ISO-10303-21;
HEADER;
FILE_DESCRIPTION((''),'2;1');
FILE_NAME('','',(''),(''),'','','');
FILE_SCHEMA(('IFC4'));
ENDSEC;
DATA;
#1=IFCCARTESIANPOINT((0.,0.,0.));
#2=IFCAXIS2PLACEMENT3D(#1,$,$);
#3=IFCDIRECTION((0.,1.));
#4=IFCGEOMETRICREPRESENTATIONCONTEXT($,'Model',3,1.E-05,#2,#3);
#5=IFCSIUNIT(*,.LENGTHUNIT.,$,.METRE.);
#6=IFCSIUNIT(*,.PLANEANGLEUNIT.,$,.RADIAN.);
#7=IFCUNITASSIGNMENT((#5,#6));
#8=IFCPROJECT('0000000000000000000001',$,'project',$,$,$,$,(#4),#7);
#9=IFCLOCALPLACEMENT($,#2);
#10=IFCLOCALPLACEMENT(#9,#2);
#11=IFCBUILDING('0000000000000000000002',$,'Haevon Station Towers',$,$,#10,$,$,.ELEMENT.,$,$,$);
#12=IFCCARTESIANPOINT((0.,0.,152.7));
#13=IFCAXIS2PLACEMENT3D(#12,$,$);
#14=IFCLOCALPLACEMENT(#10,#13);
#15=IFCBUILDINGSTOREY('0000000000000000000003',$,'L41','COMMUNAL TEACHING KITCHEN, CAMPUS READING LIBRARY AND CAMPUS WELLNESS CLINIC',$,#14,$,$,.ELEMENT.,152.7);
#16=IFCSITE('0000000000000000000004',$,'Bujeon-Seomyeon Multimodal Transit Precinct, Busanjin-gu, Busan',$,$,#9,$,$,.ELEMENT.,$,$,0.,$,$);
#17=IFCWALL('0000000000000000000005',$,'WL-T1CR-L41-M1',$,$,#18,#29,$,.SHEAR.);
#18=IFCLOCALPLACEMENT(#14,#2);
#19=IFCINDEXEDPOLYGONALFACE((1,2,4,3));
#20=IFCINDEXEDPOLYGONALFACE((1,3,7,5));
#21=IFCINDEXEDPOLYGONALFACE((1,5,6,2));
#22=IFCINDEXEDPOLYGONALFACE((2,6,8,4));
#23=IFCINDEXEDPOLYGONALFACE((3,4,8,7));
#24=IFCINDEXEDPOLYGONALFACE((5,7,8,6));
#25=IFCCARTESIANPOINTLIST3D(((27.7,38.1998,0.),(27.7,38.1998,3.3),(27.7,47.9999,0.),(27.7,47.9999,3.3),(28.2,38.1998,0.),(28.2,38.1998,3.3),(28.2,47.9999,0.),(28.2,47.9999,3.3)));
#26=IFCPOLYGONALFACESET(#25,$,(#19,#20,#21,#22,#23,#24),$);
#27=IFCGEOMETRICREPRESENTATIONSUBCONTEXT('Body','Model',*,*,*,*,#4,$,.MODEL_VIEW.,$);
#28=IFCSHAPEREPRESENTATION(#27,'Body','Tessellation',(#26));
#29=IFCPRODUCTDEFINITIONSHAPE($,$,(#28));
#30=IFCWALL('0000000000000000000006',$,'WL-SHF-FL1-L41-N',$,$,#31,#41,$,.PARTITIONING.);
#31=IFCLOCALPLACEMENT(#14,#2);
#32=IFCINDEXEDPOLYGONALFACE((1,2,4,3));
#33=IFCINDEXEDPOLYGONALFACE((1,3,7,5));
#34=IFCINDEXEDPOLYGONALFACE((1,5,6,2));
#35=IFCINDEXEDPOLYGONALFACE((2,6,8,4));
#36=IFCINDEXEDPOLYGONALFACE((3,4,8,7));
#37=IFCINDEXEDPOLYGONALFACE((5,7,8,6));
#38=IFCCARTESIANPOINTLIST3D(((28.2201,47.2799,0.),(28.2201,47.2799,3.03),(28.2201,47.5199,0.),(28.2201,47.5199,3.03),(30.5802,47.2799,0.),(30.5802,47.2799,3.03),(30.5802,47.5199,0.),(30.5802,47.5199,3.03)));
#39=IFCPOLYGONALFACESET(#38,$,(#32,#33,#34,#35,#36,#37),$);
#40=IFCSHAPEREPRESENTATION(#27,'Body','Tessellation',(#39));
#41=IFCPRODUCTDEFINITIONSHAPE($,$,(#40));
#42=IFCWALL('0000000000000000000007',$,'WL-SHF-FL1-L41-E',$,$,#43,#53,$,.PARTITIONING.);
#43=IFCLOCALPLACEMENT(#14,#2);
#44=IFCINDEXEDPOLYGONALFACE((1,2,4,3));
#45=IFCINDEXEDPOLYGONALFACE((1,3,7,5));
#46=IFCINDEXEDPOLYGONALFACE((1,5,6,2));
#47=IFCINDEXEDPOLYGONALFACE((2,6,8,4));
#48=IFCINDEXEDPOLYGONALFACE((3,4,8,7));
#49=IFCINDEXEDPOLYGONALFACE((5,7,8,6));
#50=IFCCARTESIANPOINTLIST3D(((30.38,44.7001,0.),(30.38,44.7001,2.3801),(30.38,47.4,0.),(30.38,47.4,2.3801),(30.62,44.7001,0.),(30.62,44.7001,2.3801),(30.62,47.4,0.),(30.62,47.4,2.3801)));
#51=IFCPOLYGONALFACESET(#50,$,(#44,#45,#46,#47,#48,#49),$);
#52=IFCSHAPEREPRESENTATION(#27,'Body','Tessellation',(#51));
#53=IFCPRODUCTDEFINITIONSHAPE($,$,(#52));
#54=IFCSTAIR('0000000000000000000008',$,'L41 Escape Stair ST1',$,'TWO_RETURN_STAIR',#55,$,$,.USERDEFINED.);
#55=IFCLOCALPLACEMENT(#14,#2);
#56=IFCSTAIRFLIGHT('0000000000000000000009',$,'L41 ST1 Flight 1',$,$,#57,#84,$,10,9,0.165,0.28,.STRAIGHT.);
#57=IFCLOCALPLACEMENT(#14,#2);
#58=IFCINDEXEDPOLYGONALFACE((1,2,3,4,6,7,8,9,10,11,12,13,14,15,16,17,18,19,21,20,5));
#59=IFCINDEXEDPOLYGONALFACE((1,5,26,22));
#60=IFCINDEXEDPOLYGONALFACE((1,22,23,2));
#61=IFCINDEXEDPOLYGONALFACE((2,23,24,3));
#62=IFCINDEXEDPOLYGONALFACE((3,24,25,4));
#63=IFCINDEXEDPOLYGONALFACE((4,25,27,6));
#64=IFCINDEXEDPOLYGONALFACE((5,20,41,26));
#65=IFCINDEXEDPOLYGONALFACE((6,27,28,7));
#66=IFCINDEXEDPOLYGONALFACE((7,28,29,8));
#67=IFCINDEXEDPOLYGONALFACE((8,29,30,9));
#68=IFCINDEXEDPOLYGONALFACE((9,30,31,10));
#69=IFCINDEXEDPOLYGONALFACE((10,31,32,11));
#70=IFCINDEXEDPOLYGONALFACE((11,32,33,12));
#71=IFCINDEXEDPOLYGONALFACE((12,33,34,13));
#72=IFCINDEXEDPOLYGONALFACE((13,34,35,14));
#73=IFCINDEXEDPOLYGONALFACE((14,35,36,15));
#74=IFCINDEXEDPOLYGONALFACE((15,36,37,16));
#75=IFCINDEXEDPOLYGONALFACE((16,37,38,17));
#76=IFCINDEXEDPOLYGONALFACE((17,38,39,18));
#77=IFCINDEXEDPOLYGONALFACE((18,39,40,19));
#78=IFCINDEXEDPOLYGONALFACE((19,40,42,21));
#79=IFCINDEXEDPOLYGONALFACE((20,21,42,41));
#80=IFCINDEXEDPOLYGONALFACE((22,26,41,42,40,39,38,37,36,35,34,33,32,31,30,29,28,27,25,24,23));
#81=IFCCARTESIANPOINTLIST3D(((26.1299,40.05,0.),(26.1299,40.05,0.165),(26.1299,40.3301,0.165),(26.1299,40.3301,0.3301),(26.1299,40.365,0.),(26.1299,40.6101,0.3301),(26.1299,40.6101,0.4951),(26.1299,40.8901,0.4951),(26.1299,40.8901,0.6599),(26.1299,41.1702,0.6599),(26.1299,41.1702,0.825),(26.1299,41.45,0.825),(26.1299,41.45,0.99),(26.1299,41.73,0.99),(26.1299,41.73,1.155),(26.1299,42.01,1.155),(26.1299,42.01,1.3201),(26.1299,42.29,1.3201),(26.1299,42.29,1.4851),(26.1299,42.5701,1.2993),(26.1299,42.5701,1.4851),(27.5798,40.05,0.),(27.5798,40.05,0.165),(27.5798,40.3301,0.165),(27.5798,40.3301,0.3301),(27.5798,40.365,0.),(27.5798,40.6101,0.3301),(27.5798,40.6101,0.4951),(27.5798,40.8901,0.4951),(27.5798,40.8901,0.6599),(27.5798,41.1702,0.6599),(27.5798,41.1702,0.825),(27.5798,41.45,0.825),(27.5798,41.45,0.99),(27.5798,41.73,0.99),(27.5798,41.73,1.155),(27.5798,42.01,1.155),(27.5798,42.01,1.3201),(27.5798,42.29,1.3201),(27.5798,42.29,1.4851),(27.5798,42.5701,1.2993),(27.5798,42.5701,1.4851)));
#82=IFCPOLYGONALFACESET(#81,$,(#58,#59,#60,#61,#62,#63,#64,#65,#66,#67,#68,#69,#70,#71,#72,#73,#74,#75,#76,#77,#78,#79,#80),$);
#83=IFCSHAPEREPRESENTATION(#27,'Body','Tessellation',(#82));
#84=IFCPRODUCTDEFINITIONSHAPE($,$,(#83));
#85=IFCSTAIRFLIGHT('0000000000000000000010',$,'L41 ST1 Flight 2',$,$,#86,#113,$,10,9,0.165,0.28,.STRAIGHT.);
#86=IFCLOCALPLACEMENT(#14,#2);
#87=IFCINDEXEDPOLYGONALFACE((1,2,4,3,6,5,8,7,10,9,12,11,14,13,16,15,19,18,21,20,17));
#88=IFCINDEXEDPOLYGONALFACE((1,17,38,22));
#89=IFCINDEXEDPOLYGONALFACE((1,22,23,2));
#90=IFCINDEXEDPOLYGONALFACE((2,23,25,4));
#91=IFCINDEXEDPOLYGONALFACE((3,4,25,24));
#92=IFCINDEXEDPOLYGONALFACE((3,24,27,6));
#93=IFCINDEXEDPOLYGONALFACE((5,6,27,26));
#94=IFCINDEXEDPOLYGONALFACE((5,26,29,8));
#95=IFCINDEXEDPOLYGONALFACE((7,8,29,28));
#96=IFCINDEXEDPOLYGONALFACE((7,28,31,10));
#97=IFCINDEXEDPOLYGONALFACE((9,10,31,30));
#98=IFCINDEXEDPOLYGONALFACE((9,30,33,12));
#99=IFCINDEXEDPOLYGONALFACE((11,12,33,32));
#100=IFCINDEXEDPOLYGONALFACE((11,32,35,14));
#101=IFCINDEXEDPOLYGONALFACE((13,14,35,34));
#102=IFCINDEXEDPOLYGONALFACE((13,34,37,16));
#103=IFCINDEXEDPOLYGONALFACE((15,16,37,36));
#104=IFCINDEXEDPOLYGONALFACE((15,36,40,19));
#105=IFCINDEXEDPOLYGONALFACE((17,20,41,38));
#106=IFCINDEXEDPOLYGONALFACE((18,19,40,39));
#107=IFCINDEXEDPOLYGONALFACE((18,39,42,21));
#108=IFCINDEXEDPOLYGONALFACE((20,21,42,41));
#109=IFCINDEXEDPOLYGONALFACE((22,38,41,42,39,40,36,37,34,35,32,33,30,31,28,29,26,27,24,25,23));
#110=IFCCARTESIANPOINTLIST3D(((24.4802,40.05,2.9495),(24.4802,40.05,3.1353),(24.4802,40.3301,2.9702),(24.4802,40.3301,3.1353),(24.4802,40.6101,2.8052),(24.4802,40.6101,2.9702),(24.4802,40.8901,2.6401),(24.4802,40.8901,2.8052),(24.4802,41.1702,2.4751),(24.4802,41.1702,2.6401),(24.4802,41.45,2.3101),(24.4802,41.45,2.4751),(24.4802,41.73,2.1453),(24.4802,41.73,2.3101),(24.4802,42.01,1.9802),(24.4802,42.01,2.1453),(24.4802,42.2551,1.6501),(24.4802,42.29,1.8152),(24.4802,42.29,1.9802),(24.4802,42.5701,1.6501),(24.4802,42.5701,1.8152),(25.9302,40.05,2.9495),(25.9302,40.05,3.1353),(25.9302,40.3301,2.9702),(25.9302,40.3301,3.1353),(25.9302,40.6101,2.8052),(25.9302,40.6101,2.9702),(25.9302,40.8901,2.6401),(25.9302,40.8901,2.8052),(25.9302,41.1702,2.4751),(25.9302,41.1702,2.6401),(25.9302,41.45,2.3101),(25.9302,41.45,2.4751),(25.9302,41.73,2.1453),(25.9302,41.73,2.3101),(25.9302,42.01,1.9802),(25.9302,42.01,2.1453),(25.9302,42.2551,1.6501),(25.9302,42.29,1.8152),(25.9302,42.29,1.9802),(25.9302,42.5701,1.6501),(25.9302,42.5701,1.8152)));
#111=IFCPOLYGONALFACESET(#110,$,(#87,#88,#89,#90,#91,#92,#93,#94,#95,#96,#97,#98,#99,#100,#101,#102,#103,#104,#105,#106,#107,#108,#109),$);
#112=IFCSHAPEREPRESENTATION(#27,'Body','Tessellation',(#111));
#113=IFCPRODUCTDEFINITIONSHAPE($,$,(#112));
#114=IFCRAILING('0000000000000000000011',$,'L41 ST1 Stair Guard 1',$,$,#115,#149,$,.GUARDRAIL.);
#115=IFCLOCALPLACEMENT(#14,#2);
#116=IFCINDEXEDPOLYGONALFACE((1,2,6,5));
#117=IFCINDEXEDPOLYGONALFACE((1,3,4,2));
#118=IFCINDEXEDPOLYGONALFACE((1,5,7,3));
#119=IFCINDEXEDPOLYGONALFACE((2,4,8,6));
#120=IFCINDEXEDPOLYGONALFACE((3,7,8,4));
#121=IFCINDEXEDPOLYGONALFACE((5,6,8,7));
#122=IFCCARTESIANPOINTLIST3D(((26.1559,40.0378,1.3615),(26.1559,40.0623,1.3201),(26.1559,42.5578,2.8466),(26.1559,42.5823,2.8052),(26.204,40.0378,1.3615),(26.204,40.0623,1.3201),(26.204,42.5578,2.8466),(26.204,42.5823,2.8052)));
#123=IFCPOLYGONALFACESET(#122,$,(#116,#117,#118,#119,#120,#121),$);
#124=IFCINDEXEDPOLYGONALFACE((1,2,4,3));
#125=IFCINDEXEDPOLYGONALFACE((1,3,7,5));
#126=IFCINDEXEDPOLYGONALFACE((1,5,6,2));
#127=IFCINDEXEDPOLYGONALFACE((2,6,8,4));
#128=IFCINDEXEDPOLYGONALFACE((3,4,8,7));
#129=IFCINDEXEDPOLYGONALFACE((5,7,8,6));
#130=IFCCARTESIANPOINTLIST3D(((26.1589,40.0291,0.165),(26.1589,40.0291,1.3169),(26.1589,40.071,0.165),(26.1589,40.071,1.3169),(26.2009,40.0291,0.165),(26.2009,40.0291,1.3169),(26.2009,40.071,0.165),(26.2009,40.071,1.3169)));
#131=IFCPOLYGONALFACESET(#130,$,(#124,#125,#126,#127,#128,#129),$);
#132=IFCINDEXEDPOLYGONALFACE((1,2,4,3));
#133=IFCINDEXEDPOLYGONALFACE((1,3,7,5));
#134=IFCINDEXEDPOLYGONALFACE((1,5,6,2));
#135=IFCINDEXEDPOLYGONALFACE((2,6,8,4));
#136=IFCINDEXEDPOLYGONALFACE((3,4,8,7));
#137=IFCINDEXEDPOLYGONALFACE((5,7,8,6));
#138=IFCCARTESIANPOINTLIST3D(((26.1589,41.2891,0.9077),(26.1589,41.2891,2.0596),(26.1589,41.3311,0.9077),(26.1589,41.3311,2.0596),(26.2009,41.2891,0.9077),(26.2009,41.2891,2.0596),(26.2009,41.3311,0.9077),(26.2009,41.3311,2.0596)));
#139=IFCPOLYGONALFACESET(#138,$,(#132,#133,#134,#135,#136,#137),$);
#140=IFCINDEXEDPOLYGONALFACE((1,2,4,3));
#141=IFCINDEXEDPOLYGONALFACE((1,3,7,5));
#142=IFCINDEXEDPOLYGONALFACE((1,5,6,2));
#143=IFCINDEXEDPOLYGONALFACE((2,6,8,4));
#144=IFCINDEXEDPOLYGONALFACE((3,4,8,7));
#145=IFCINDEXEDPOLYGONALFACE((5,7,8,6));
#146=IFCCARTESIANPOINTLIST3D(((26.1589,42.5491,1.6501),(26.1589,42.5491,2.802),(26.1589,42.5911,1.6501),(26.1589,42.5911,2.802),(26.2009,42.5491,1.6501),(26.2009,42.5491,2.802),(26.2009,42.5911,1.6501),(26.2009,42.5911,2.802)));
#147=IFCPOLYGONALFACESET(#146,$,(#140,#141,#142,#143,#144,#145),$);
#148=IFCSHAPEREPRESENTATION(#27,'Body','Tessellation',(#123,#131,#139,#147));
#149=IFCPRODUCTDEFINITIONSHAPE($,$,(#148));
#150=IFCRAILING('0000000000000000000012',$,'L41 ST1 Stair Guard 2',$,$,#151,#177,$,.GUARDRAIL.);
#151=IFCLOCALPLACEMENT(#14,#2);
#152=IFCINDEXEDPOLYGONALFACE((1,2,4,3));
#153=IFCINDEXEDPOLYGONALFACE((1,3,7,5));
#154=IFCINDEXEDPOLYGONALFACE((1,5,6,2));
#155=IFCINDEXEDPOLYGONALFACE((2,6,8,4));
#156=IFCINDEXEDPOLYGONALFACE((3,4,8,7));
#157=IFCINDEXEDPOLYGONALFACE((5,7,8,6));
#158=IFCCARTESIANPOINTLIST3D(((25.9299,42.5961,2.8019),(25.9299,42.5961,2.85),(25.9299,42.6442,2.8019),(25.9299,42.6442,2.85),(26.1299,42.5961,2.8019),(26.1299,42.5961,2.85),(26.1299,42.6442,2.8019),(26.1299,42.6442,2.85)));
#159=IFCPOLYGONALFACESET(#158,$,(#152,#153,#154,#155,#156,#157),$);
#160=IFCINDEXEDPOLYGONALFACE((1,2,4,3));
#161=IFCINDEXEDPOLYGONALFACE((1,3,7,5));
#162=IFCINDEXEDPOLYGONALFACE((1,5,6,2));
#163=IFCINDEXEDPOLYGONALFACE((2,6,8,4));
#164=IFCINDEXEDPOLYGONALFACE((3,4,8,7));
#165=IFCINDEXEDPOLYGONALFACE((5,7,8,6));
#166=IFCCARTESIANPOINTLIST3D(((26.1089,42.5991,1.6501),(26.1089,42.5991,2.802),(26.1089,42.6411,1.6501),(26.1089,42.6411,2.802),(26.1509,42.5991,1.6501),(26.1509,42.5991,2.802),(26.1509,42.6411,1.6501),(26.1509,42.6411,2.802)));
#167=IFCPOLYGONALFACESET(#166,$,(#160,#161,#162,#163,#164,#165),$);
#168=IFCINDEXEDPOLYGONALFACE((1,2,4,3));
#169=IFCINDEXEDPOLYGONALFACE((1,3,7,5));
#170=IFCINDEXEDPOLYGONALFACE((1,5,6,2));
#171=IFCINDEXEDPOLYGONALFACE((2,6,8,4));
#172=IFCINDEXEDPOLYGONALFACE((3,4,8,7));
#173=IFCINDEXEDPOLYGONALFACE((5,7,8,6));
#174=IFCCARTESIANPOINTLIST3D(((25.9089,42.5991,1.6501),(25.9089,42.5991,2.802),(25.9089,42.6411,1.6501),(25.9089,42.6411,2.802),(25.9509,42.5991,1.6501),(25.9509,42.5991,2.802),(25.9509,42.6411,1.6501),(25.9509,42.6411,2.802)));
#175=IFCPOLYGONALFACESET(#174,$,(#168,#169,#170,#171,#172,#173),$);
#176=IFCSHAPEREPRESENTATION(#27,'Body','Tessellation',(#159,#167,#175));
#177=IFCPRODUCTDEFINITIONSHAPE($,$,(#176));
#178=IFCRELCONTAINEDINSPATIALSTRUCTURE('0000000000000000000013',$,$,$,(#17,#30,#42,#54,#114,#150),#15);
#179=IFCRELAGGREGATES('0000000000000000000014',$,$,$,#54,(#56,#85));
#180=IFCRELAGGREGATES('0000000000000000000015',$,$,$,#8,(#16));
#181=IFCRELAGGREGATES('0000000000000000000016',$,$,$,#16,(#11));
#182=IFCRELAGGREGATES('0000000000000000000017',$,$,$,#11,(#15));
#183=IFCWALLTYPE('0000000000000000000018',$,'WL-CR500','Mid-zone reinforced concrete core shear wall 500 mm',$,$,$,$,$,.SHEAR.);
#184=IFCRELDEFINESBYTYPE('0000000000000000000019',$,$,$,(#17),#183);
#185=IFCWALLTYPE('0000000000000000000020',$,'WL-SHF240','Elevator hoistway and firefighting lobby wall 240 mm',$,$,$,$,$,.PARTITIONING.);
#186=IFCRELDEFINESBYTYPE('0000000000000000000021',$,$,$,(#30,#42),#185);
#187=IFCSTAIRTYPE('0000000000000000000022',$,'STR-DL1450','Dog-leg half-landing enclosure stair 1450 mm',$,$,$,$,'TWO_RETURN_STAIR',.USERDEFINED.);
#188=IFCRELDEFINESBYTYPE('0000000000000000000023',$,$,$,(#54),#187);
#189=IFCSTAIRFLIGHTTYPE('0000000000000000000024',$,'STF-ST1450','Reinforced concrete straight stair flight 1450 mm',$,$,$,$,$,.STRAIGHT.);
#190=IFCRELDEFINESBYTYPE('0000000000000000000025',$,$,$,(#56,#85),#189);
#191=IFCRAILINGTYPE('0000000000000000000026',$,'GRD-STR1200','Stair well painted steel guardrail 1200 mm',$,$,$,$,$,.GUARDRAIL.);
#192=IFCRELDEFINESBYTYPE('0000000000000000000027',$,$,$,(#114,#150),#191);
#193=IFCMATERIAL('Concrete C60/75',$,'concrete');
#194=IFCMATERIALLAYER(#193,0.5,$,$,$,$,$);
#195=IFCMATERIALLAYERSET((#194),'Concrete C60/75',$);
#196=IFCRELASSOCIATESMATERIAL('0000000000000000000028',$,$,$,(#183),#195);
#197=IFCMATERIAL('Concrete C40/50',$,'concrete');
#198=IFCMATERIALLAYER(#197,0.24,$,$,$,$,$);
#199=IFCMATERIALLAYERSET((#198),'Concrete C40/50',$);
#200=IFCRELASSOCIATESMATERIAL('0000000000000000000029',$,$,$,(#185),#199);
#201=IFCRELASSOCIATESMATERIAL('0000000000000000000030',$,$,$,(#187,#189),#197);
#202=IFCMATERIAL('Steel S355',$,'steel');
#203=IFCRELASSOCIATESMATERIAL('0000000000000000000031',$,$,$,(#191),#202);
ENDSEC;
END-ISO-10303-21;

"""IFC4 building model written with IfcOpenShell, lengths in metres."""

from ifc_helpers import new_model, si_unit, direction, frame, frame_2d, origin, origin_2d, place, context, subcontext, project, spatial, polyline, rectangle, outline, extrude, material, layer, layer_set, type_object, element, aggregate, save


model = new_model("IFC4")

# Units and contexts
model_context = context("Model", 3, precision=1e-05, world=origin(), true_north=direction((0.0, 1.0)))
body_context = subcontext(model_context, "Body", "Model", "MODEL_VIEW")
ifc_project = project(units=[si_unit("LENGTHUNIT", "METRE"), si_unit("PLANEANGLEUNIT", "RADIAN")], contexts=[model_context])

# Site, building, storey
site_placement = place(None, origin())
site = spatial("IfcSite", under=ifc_project, at=site_placement, Name="Bujeon-Seomyeon Multimodal Transit Precinct, Busanjin-gu, Busan", CompositionType="ELEMENT", RefElevation=0.0)
building_placement = place(site_placement, origin())
building = spatial("IfcBuilding", under=site, at=building_placement, Name="Haevon Station Towers", CompositionType="ELEMENT")
storey_placement = place(building_placement, frame((0.0, 0.0, 152.7)))
storey = spatial("IfcBuildingStorey", under=building, at=storey_placement, Name="L41", Description="COMMUNAL TEACHING KITCHEN, CAMPUS READING LIBRARY AND CAMPUS WELLNESS CLINIC", CompositionType="ELEMENT", Elevation=152.7)

# Shared definitions
ifc_material_1 = material(Name="Steel S355", Category="steel")

# Wall
ifc_material_2 = material(Name="Concrete C60/75", Category="concrete")
ifc_layer_1 = layer(ifc_material_2, 0.5)
ifc_layer_set_1 = layer_set([ifc_layer_1], Name="Concrete C60/75")
wall_type_1 = type_object("IfcWallType", Name="WL-CR500", Description="Mid-zone reinforced concrete core shear wall 500 mm", PredefinedType="SHEAR", material=ifc_layer_set_1)
wall_1_placement = place(storey_placement, frame((27.95, 38.2, 0.0), z_axis=(0.0, 0.0, 1.0), x_axis=(0.0, 1.0, 0.0)))
element("IfcWall", 1, at=wall_1_placement, inside=storey, type_object=wall_type_1, Name="WL-T1CR-L41-M1", PredefinedType="SHEAR", context=body_context, shape_type="SweptSolid", body=[
    extrude(rectangle(XDim=9.8, YDim=0.5, at=frame_2d((4.8999, 0.0))), origin(), (0.0, 0.0, 1.0), 3.3),
])

# Shared definitions
ifc_material_3 = material(Name="Concrete C40/50", Category="concrete")
ifc_layer_2 = layer(ifc_material_3, 0.24)
ifc_layer_set_2 = layer_set([ifc_layer_2], Name="Concrete C40/50")
wall_type_2 = type_object("IfcWallType", Name="WL-SHF240", Description="Elevator hoistway and firefighting lobby wall 240 mm", PredefinedType="PARTITIONING", material=ifc_layer_set_2)

# Walls
wall_2_placement = place(storey_placement, frame((28.22, 47.3999, 0.0), z_axis=(0.0, 0.0, 1.0), x_axis=(1.0, 0.0, 0.0)))
element("IfcWall", 2, at=wall_2_placement, inside=storey, type_object=wall_type_2, Name="WL-SHF-FL1-L41-N", PredefinedType="PARTITIONING", context=body_context, shape_type="SweptSolid", body=[
    extrude(rectangle(XDim=2.3601, YDim=0.24, at=frame_2d((1.1802, 0.0))), origin(), (0.0, 0.0, 1.0), 3.03),
])
wall_3_placement = place(storey_placement, frame((30.5, 44.7, 0.0), z_axis=(0.0, 0.0, 1.0), x_axis=(0.0, 1.0, 0.0)))
element("IfcWall", 3, at=wall_3_placement, inside=storey, type_object=wall_type_2, Name="WL-SHF-FL1-L41-E", PredefinedType="PARTITIONING", context=body_context, shape_type="SweptSolid", body=[
    extrude(rectangle(XDim=2.7, YDim=0.24, at=frame_2d((1.3501, 0.0))), origin(), (0.0, 0.0, 1.0), 2.3801),
])

# Stair, stair flights
stair_type = type_object("IfcStairType", Name="STR-DL1450", Description="Dog-leg half-landing enclosure stair 1450 mm", ElementType="TWO_RETURN_STAIR", PredefinedType="USERDEFINED", material=ifc_material_3)
stair_placement = place(storey_placement, origin())
stair = element("IfcStair", 4, at=stair_placement, inside=storey, type_object=stair_type, Name="L41 Escape Stair ST1", ObjectType="TWO_RETURN_STAIR", PredefinedType="USERDEFINED")
stair_flight_type = type_object("IfcStairFlightType", Name="STF-ST1450", Description="Reinforced concrete straight stair flight 1450 mm", PredefinedType="STRAIGHT", material=ifc_material_3)
stair_flight_1_placement = place(storey_placement, frame((26.855, 40.05, 0.0), z_axis=(0.0, 0.0, 1.0), x_axis=(0.0, 1.0, 0.0)))
stair_flight_1 = element("IfcStairFlight", 5, at=stair_flight_1_placement, type_object=stair_flight_type, Name="L41 ST1 Flight 1", NumberOfRisers=10, NumberOfTreads=9, PredefinedType="STRAIGHT", RiserHeight=0.165, TreadLength=0.28, context=body_context, shape_type="SweptSolid", body=[
    extrude(outline(polyline([(0.0, 0.0), (0.0, 0.165), (0.28, 0.165), (0.28, 0.3301), (0.5601, 0.3301), (0.5601, 0.4951), (0.8401, 0.4951), (0.8401, 0.6599), (1.1201, 0.6599), (1.1201, 0.825), (1.3999, 0.825), (1.3999, 0.99), (1.6799, 0.99), (1.6799, 1.155), (1.96, 1.155), (1.96, 1.3201), (2.24, 1.3201), (2.24, 1.4851), (2.52, 1.4851), (2.52, 1.6499), (2.52, 1.2993), (0.3149, 0.0), (0.0, 0.0)])), frame((0.0, 0.7251, 0.0), z_axis=(0.0, -1.0, 0.0), x_axis=(1.0, 0.0, 0.0)), (0.0, 0.0, 1.0), 1.45),
])
stair_flight_2_placement = place(storey_placement, frame((25.2051, 42.5701, 1.6501), z_axis=(0.0, 0.0, 1.0), x_axis=(0.0, -1.0, 0.0)))
stair_flight_2 = element("IfcStairFlight", 6, at=stair_flight_2_placement, type_object=stair_flight_type, Name="L41 ST1 Flight 2", NumberOfRisers=10, NumberOfTreads=9, PredefinedType="STRAIGHT", RiserHeight=0.165, TreadLength=0.28, context=body_context, shape_type="SweptSolid", body=[
    extrude(outline(polyline([(0.0, 0.0), (0.0, 0.165), (0.28, 0.165), (0.28, 0.3301), (0.5601, 0.3301), (0.5601, 0.4951), (0.8401, 0.4951), (0.8401, 0.6599), (1.1201, 0.6599), (1.1201, 0.825), (1.3999, 0.825), (1.3999, 0.99), (1.6799, 0.99), (1.6799, 1.155), (1.96, 1.155), (1.96, 1.3201), (2.24, 1.3201), (2.24, 1.4851), (2.52, 1.4851), (2.52, 1.6499), (2.52, 1.2993), (0.3149, 0.0), (0.0, 0.0)])), frame((0.0, 0.7251, 0.0), z_axis=(0.0, -1.0, 0.0), x_axis=(1.0, 0.0, 0.0)), (0.0, 0.0, 1.0), 1.45),
])
aggregate(stair, [stair_flight_1, stair_flight_2])

# Railings
railing_type_1 = type_object("IfcRailingType", Name="GRD-STR1200", Description="Stair well painted steel guardrail 1200 mm", PredefinedType="GUARDRAIL", material=ifc_material_1)
railing_1_placement = place(storey_placement, frame((26.1799, 40.05, 0.165)))
element("IfcRailing", 7, at=railing_1_placement, inside=storey, type_object=railing_type_1, Name="L41 ST1 Stair Guard 1", PredefinedType="GUARDRAIL", context=body_context, shape_type="SweptSolid", body=[
    extrude(rectangle(XDim=0.0481, YDim=0.0481, at=origin_2d()), frame((0.0, 0.0, 1.1758), z_axis=(0.0, 0.861524, 0.507717), x_axis=(-1.0, 0.0, 0.0)), (0.0, 0.0, 1.0), 2.925),
    extrude(rectangle(XDim=0.042, YDim=0.042, at=origin_2d()), origin(), (0.0, 0.0, 1.0), 1.1519),
    extrude(rectangle(XDim=0.042, YDim=0.042, at=origin_2d()), frame((0.0, 1.26, 0.7427)), (0.0, 0.0, 1.0), 1.1519),
    extrude(rectangle(XDim=0.042, YDim=0.042, at=origin_2d()), frame((0.0, 2.52, 1.4851)), (0.0, 0.0, 1.0), 1.1519),
])
railing_2_placement = place(storey_placement, frame((26.1299, 42.6201, 1.6501)))
element("IfcRailing", 8, at=railing_2_placement, inside=storey, type_object=railing_type_1, Name="L41 ST1 Stair Guard 2", PredefinedType="GUARDRAIL", context=body_context, shape_type="SweptSolid", body=[
    extrude(rectangle(XDim=0.0481, YDim=0.0481, at=origin_2d()), frame((0.0, 0.0, 1.1758), z_axis=(-1.0, 0.0, 0.0), x_axis=(0.0, -1.0, 0.0)), (0.0, 0.0, 1.0), 0.2),
    extrude(rectangle(XDim=0.042, YDim=0.042, at=origin_2d()), origin(), (0.0, 0.0, 1.0), 1.1519),
    extrude(rectangle(XDim=0.042, YDim=0.042, at=origin_2d()), frame((-0.2, 0.0, 0.0)), (0.0, 0.0, 1.0), 1.1519),
])

save(model, "model.ifc")
